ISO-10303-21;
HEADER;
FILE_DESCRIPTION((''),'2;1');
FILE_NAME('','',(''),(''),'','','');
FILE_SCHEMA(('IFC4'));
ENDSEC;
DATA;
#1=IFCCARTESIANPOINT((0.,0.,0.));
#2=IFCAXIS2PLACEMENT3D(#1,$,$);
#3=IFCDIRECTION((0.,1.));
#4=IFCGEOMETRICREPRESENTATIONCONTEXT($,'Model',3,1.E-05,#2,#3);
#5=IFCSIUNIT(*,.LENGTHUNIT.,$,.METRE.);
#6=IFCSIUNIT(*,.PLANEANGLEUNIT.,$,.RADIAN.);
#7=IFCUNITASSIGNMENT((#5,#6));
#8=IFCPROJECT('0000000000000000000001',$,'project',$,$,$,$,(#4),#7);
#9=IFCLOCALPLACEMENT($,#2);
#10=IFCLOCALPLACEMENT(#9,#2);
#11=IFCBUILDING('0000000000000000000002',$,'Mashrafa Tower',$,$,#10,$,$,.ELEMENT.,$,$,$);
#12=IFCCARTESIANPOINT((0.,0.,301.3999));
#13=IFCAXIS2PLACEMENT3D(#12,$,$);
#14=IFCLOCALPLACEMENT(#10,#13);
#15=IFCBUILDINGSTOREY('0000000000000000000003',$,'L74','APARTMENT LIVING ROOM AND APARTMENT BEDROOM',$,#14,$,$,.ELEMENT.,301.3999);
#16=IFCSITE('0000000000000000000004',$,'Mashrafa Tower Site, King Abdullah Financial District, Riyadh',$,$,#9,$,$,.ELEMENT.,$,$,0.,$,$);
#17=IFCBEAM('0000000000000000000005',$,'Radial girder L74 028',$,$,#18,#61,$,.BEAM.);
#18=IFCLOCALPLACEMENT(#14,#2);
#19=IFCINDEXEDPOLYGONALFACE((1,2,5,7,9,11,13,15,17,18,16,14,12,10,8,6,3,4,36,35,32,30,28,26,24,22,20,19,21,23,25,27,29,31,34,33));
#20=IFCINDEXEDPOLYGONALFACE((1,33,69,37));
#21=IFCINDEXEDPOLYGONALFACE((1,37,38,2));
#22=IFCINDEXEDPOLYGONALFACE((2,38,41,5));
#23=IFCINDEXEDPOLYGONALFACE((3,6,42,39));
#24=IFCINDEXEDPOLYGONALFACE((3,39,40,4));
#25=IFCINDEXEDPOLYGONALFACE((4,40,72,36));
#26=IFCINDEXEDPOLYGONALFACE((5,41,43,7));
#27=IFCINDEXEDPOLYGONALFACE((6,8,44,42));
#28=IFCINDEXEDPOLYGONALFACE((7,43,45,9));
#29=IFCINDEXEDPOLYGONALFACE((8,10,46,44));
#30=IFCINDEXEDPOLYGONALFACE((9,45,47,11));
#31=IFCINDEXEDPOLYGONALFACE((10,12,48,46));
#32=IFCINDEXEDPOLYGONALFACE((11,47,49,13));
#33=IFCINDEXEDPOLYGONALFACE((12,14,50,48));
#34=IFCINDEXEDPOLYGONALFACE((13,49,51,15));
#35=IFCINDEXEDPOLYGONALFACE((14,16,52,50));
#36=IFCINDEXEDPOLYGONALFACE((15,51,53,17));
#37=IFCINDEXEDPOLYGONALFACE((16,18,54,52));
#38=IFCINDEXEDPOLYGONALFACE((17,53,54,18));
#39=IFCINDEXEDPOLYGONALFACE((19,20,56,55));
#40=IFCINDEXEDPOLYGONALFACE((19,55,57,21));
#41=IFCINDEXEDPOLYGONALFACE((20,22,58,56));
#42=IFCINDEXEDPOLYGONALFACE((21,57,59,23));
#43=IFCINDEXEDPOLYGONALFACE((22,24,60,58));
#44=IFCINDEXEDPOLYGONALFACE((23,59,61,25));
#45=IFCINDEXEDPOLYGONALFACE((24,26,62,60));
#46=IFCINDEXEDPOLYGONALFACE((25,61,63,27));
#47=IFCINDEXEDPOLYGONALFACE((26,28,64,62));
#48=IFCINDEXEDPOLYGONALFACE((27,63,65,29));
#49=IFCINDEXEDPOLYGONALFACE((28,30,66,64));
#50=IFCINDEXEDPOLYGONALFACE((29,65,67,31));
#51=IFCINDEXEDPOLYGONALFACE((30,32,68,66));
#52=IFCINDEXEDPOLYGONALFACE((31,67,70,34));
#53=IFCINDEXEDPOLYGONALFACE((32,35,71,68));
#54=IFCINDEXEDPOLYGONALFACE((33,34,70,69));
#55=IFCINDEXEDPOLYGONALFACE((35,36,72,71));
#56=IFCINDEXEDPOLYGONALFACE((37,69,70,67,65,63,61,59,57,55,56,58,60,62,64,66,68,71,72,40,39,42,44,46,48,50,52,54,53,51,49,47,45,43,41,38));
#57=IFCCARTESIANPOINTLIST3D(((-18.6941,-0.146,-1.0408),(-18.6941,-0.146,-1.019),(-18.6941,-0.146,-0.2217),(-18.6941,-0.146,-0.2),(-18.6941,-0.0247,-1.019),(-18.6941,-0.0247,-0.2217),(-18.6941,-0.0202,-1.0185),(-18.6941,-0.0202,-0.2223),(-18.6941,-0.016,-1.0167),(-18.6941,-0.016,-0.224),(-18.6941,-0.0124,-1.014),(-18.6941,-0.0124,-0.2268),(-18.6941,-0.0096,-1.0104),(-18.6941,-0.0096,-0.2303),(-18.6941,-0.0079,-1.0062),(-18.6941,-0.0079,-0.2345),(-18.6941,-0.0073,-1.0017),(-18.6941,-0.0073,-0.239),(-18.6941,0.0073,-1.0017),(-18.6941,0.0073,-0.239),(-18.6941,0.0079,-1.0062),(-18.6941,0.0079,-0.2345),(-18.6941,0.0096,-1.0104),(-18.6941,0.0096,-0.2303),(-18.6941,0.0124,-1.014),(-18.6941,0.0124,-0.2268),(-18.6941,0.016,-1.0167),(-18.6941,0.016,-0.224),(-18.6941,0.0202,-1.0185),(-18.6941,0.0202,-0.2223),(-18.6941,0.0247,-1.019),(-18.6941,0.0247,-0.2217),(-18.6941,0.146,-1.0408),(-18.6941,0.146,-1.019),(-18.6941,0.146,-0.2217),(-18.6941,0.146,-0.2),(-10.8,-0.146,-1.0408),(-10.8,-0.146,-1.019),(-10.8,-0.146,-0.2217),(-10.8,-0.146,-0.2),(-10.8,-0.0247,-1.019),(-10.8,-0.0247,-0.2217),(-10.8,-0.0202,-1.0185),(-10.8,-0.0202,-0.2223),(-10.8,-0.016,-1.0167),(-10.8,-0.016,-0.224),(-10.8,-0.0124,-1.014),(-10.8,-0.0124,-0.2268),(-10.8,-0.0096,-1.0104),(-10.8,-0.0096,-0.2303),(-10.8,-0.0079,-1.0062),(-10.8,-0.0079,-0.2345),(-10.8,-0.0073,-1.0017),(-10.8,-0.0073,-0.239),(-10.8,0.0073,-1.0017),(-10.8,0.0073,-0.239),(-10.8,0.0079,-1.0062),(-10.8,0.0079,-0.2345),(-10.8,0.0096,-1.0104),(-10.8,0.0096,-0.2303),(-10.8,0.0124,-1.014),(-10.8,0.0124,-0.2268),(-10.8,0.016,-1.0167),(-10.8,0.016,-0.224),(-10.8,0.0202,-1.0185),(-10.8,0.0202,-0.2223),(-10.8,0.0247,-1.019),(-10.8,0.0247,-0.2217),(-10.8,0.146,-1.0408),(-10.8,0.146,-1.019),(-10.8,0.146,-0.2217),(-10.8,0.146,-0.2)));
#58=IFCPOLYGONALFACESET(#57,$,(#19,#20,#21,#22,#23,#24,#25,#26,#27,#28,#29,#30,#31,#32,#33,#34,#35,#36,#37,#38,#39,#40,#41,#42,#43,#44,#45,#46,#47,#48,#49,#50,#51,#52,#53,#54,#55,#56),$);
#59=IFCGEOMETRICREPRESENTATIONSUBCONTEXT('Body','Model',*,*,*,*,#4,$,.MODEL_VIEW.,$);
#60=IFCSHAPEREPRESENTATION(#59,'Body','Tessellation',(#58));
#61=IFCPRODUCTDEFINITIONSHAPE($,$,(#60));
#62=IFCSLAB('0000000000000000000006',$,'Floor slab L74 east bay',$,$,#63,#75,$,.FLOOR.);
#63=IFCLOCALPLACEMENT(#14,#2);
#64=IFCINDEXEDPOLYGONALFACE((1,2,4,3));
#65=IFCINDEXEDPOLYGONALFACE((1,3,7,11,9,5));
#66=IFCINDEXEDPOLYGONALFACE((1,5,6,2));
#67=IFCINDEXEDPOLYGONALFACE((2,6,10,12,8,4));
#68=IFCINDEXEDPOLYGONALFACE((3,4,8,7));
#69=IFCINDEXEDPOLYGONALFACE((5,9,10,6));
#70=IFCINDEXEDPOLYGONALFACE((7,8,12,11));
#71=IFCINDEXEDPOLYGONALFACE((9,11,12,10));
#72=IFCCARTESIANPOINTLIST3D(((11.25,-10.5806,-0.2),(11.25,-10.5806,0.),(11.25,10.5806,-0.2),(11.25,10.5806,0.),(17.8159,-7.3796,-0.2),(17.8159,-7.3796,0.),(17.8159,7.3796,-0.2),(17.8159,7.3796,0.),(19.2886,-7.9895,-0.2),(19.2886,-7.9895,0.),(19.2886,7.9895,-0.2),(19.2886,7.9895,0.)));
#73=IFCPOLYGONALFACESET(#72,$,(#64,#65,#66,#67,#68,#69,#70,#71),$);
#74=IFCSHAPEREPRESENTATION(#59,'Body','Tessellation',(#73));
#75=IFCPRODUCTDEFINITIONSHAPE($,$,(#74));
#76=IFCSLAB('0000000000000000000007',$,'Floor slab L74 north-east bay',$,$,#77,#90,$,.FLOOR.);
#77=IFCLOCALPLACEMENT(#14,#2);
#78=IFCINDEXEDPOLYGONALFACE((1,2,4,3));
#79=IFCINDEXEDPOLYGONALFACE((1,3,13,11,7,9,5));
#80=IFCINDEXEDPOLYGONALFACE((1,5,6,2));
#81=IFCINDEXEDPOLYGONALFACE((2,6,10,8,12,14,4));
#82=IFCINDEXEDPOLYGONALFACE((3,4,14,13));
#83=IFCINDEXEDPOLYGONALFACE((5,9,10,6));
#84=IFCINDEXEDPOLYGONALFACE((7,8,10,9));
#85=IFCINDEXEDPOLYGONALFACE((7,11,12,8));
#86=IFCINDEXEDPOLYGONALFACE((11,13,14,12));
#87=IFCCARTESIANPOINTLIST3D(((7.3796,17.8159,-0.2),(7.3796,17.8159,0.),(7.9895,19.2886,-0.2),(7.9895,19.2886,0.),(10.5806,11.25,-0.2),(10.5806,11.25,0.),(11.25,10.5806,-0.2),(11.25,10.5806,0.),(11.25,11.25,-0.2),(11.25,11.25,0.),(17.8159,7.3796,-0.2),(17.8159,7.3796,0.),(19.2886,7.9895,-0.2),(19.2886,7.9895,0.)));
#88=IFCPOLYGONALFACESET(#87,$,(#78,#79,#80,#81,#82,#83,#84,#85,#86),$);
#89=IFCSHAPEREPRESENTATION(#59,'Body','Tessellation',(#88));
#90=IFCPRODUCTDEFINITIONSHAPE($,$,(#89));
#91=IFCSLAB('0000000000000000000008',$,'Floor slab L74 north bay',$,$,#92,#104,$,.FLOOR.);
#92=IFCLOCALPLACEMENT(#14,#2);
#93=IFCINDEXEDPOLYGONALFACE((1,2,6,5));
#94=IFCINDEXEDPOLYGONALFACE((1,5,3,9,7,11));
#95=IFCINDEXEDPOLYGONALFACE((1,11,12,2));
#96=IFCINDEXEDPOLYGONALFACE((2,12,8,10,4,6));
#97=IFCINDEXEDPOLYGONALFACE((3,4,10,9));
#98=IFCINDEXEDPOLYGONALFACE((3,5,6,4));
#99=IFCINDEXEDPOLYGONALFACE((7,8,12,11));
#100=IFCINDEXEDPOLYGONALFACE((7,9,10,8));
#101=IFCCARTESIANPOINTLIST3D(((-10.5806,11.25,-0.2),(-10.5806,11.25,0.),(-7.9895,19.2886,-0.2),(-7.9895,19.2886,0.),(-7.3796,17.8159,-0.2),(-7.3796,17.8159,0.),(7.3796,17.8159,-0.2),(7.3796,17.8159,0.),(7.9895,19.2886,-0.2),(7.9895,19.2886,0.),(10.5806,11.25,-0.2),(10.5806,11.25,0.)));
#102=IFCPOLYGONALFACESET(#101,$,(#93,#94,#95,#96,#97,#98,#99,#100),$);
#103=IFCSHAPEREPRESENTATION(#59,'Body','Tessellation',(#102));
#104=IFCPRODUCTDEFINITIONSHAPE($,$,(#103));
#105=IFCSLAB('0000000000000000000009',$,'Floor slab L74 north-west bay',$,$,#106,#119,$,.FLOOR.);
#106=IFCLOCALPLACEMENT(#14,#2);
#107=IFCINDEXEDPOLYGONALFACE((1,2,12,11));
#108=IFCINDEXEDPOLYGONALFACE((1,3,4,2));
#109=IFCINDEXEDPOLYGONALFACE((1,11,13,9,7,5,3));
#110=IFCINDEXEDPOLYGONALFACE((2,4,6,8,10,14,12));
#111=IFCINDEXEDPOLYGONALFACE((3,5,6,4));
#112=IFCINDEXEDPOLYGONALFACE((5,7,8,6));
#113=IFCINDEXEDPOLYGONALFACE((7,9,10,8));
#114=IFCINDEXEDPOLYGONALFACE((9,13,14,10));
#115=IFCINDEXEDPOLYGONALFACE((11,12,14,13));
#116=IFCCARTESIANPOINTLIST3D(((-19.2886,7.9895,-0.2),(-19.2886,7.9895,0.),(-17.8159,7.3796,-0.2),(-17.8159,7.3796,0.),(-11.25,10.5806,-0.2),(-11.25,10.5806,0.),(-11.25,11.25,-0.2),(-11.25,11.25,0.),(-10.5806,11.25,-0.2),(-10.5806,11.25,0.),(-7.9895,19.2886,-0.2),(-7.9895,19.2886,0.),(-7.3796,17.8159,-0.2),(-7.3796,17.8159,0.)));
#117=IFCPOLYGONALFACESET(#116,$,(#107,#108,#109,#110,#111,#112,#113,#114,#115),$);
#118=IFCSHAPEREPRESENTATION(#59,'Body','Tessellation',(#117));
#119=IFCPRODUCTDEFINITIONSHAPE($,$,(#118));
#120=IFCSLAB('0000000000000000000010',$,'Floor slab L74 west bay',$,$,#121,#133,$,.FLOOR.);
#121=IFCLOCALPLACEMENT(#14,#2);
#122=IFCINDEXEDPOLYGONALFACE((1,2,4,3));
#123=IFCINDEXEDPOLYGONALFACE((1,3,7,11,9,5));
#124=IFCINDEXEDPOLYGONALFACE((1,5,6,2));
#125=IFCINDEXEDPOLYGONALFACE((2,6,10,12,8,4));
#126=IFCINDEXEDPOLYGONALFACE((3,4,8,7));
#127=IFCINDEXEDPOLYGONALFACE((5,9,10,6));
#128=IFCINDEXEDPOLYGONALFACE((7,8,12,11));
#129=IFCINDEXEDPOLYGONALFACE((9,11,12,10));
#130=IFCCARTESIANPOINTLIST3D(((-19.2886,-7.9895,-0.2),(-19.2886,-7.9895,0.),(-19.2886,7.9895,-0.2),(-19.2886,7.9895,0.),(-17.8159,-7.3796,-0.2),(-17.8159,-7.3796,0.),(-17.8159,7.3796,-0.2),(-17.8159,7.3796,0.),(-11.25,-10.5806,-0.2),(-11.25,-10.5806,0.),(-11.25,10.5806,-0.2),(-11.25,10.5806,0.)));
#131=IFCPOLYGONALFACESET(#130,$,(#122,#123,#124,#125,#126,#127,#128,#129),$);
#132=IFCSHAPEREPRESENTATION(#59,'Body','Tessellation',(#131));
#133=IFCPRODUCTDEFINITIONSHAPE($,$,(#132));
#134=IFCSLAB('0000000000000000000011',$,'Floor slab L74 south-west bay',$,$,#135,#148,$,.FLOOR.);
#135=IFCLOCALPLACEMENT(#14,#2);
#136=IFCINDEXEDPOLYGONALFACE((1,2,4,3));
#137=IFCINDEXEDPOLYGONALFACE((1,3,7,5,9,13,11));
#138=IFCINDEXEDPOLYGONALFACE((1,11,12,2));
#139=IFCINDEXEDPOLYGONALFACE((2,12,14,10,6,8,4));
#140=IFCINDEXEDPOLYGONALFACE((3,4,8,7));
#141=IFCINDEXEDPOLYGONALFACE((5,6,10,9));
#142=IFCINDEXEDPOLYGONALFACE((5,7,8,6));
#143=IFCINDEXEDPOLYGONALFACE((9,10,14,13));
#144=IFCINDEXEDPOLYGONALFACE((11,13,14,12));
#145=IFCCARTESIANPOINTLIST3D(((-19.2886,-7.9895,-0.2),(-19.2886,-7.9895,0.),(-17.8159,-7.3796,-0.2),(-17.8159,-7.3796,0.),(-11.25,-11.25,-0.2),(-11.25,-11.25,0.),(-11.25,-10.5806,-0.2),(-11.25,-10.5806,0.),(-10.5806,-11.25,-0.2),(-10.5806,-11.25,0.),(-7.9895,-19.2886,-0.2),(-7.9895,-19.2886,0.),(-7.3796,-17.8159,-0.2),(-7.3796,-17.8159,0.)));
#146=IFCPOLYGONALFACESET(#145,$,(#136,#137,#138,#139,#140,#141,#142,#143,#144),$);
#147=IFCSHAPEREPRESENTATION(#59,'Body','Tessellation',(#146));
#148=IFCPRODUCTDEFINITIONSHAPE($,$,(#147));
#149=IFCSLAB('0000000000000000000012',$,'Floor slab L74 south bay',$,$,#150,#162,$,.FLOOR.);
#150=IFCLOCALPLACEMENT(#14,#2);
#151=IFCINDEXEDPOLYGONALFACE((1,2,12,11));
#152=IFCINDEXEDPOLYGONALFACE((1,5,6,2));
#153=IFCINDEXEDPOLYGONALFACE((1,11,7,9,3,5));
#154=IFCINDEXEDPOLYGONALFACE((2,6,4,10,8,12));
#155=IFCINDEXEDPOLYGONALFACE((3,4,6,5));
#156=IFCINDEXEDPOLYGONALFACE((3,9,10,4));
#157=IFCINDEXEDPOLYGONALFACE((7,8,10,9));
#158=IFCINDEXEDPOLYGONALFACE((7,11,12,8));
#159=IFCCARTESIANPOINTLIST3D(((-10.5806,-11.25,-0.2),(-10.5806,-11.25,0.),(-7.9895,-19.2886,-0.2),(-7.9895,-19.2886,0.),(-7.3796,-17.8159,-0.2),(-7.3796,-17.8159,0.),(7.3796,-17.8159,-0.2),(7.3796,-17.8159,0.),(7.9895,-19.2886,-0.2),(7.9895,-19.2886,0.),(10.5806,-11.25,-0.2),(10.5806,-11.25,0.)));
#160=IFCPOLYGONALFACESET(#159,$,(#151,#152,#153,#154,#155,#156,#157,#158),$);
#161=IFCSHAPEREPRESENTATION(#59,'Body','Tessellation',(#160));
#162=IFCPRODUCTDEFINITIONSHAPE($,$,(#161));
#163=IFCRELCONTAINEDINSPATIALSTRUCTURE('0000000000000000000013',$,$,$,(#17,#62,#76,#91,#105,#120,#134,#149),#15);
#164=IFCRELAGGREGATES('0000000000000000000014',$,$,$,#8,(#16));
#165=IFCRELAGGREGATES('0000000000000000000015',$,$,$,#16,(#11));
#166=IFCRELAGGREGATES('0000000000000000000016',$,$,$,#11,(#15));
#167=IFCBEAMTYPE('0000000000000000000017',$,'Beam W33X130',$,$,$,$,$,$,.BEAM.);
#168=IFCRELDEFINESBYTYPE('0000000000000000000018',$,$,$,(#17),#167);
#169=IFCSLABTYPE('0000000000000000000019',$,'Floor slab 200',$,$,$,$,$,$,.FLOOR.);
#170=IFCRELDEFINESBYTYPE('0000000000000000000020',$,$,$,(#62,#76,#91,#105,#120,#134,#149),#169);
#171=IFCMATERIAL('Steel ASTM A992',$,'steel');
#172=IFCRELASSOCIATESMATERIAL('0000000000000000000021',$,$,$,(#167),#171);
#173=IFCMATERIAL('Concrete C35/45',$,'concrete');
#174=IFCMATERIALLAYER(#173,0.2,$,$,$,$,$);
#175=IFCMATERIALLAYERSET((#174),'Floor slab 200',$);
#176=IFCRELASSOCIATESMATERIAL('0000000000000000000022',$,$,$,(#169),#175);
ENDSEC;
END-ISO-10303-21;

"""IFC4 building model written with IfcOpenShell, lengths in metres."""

from ifc_helpers import new_model, si_unit, direction, frame, origin, origin_2d, place, context, subcontext, project, spatial, polyline, i_section, outline, extrude, material, layer, layer_set, material_profile, profile_set, type_object, element, save


model = new_model("IFC4")

# Units and contexts
model_context = context("Model", 3, precision=1e-05, world=origin(), true_north=direction((0.0, 1.0)))
body_context = subcontext(model_context, "Body", "Model", "MODEL_VIEW")
ifc_project = project(units=[si_unit("LENGTHUNIT", "METRE"), si_unit("PLANEANGLEUNIT", "RADIAN")], contexts=[model_context])

# Site, building, storey
site_placement = place(None, origin())
site = spatial("IfcSite", under=ifc_project, at=site_placement, Name="Mashrafa Tower Site, King Abdullah Financial District, Riyadh", CompositionType="ELEMENT", RefElevation=0.0)
building_placement = place(site_placement, origin())
building = spatial("IfcBuilding", under=site, at=building_placement, Name="Mashrafa Tower", CompositionType="ELEMENT")
storey_placement = place(building_placement, frame((0.0, 0.0, 301.3999)))
storey = spatial("IfcBuildingStorey", under=building, at=storey_placement, Name="L74", Description="APARTMENT LIVING ROOM AND APARTMENT BEDROOM", CompositionType="ELEMENT", Elevation=301.3999)

# Beam
ifc_material_1 = material(Name="Steel ASTM A992", Category="steel")
ifc_material_profile = material_profile(ifc_material_1, i_section(OverallWidth=0.292, OverallDepth=0.8408, WebThickness=0.0146, FlangeThickness=0.0217, FilletRadius=0.0173, at=origin_2d()), Name="W33X130")
ifc_profile_set = profile_set([ifc_material_profile], Name="Steel ASTM A992")
beam_type = type_object("IfcBeamType", Name="Beam W33X130", PredefinedType="BEAM", material=ifc_profile_set)
beam_placement = place(storey_placement, frame((-10.8, 0.0, -0.6204), z_axis=(-1.0, 0.0, 0.0), x_axis=(0.0, -1.0, 0.0)))
element("IfcBeam", 1, at=beam_placement, inside=storey, type_object=beam_type, Name="Radial girder L74 028", PredefinedType="BEAM", context=body_context, shape_type="SweptSolid", body=[
    extrude(i_section(OverallWidth=0.292, OverallDepth=0.8408, WebThickness=0.0146, FlangeThickness=0.0217, FilletRadius=0.0173, at=origin_2d()), origin(), (0.0, 0.0, 1.0), 7.894),
])

# Slabs
ifc_material_2 = material(Name="Concrete C35/45", Category="concrete")
ifc_layer_1 = layer(ifc_material_2, 0.2)
ifc_layer_set_1 = layer_set([ifc_layer_1], Name="Floor slab 200")
slab_type = type_object("IfcSlabType", Name="Floor slab 200", PredefinedType="FLOOR", material=ifc_layer_set_1)
slab_1_placement = place(storey_placement, frame((0.0, 0.0, -0.2)))
element("IfcSlab", 2, at=slab_1_placement, inside=storey, type_object=slab_type, Name="Floor slab L74 east bay", PredefinedType="FLOOR", context=body_context, shape_type="SweptSolid", body=[
    extrude(outline(polyline([(19.2886, -7.9895), (17.8159, -7.3796), (11.25, -10.5806), (11.25, 10.5806), (17.8159, 7.3796), (19.2886, 7.9895), (19.2886, -7.9895)])), origin(), (0.0, 0.0, 1.0), 0.2),
])
slab_2_placement = place(storey_placement, frame((0.0, 0.0, -0.2)))
element("IfcSlab", 3, at=slab_2_placement, inside=storey, type_object=slab_type, Name="Floor slab L74 north-east bay", PredefinedType="FLOOR", context=body_context, shape_type="SweptSolid", body=[
    extrude(outline(polyline([(7.9895, 19.2886), (19.2886, 7.9895), (19.2886, 7.9895), (17.8159, 7.3796), (11.25, 10.5806), (11.25, 11.25), (10.5806, 11.25), (7.3796, 17.8159), (7.9895, 19.2886), (7.9895, 19.2886)])), origin(), (0.0, 0.0, 1.0), 0.2),
])
slab_3_placement = place(storey_placement, frame((0.0, 0.0, -0.2)))
element("IfcSlab", 4, at=slab_3_placement, inside=storey, type_object=slab_type, Name="Floor slab L74 north bay", PredefinedType="FLOOR", context=body_context, shape_type="SweptSolid", body=[
    extrude(outline(polyline([(7.9895, 19.2886), (7.3796, 17.8159), (10.5806, 11.25), (-10.5806, 11.25), (-7.3796, 17.8159), (-7.9895, 19.2886), (7.9895, 19.2886)])), origin(), (0.0, 0.0, 1.0), 0.2),
])
slab_4_placement = place(storey_placement, frame((0.0, 0.0, -0.2)))
element("IfcSlab", 5, at=slab_4_placement, inside=storey, type_object=slab_type, Name="Floor slab L74 north-west bay", PredefinedType="FLOOR", context=body_context, shape_type="SweptSolid", body=[
    extrude(outline(polyline([(-19.2886, 7.9895), (-7.9895, 19.2886), (-7.9895, 19.2886), (-7.3796, 17.8159), (-10.5806, 11.25), (-11.25, 11.25), (-11.25, 10.5806), (-17.8159, 7.3796), (-19.2886, 7.9895), (-19.2886, 7.9895)])), origin(), (0.0, 0.0, 1.0), 0.2),
])
slab_5_placement = place(storey_placement, frame((0.0, 0.0, -0.2)))
element("IfcSlab", 6, at=slab_5_placement, inside=storey, type_object=slab_type, Name="Floor slab L74 west bay", PredefinedType="FLOOR", context=body_context, shape_type="SweptSolid", body=[
    extrude(outline(polyline([(-19.2886, 7.9895), (-17.8159, 7.3796), (-11.25, 10.5806), (-11.25, -10.5806), (-17.8159, -7.3796), (-19.2886, -7.9895), (-19.2886, 7.9895)])), origin(), (0.0, 0.0, 1.0), 0.2),
])
slab_6_placement = place(storey_placement, frame((0.0, 0.0, -0.2)))
element("IfcSlab", 7, at=slab_6_placement, inside=storey, type_object=slab_type, Name="Floor slab L74 south-west bay", PredefinedType="FLOOR", context=body_context, shape_type="SweptSolid", body=[
    extrude(outline(polyline([(-7.9895, -19.2886), (-19.2886, -7.9895), (-19.2886, -7.9895), (-17.8159, -7.3796), (-11.25, -10.5806), (-11.25, -11.25), (-10.5806, -11.25), (-7.3796, -17.8159), (-7.9895, -19.2886), (-7.9895, -19.2886)])), origin(), (0.0, 0.0, 1.0), 0.2),
])
slab_7_placement = place(storey_placement, frame((0.0, 0.0, -0.2)))
element("IfcSlab", 8, at=slab_7_placement, inside=storey, type_object=slab_type, Name="Floor slab L74 south bay", PredefinedType="FLOOR", context=body_context, shape_type="SweptSolid", body=[
    extrude(outline(polyline([(-7.9895, -19.2886), (-7.3796, -17.8159), (-10.5806, -11.25), (10.5806, -11.25), (7.3796, -17.8159), (7.9895, -19.2886), (-7.9895, -19.2886)])), origin(), (0.0, 0.0, 1.0), 0.2),
])

save(model, "model.ifc")
